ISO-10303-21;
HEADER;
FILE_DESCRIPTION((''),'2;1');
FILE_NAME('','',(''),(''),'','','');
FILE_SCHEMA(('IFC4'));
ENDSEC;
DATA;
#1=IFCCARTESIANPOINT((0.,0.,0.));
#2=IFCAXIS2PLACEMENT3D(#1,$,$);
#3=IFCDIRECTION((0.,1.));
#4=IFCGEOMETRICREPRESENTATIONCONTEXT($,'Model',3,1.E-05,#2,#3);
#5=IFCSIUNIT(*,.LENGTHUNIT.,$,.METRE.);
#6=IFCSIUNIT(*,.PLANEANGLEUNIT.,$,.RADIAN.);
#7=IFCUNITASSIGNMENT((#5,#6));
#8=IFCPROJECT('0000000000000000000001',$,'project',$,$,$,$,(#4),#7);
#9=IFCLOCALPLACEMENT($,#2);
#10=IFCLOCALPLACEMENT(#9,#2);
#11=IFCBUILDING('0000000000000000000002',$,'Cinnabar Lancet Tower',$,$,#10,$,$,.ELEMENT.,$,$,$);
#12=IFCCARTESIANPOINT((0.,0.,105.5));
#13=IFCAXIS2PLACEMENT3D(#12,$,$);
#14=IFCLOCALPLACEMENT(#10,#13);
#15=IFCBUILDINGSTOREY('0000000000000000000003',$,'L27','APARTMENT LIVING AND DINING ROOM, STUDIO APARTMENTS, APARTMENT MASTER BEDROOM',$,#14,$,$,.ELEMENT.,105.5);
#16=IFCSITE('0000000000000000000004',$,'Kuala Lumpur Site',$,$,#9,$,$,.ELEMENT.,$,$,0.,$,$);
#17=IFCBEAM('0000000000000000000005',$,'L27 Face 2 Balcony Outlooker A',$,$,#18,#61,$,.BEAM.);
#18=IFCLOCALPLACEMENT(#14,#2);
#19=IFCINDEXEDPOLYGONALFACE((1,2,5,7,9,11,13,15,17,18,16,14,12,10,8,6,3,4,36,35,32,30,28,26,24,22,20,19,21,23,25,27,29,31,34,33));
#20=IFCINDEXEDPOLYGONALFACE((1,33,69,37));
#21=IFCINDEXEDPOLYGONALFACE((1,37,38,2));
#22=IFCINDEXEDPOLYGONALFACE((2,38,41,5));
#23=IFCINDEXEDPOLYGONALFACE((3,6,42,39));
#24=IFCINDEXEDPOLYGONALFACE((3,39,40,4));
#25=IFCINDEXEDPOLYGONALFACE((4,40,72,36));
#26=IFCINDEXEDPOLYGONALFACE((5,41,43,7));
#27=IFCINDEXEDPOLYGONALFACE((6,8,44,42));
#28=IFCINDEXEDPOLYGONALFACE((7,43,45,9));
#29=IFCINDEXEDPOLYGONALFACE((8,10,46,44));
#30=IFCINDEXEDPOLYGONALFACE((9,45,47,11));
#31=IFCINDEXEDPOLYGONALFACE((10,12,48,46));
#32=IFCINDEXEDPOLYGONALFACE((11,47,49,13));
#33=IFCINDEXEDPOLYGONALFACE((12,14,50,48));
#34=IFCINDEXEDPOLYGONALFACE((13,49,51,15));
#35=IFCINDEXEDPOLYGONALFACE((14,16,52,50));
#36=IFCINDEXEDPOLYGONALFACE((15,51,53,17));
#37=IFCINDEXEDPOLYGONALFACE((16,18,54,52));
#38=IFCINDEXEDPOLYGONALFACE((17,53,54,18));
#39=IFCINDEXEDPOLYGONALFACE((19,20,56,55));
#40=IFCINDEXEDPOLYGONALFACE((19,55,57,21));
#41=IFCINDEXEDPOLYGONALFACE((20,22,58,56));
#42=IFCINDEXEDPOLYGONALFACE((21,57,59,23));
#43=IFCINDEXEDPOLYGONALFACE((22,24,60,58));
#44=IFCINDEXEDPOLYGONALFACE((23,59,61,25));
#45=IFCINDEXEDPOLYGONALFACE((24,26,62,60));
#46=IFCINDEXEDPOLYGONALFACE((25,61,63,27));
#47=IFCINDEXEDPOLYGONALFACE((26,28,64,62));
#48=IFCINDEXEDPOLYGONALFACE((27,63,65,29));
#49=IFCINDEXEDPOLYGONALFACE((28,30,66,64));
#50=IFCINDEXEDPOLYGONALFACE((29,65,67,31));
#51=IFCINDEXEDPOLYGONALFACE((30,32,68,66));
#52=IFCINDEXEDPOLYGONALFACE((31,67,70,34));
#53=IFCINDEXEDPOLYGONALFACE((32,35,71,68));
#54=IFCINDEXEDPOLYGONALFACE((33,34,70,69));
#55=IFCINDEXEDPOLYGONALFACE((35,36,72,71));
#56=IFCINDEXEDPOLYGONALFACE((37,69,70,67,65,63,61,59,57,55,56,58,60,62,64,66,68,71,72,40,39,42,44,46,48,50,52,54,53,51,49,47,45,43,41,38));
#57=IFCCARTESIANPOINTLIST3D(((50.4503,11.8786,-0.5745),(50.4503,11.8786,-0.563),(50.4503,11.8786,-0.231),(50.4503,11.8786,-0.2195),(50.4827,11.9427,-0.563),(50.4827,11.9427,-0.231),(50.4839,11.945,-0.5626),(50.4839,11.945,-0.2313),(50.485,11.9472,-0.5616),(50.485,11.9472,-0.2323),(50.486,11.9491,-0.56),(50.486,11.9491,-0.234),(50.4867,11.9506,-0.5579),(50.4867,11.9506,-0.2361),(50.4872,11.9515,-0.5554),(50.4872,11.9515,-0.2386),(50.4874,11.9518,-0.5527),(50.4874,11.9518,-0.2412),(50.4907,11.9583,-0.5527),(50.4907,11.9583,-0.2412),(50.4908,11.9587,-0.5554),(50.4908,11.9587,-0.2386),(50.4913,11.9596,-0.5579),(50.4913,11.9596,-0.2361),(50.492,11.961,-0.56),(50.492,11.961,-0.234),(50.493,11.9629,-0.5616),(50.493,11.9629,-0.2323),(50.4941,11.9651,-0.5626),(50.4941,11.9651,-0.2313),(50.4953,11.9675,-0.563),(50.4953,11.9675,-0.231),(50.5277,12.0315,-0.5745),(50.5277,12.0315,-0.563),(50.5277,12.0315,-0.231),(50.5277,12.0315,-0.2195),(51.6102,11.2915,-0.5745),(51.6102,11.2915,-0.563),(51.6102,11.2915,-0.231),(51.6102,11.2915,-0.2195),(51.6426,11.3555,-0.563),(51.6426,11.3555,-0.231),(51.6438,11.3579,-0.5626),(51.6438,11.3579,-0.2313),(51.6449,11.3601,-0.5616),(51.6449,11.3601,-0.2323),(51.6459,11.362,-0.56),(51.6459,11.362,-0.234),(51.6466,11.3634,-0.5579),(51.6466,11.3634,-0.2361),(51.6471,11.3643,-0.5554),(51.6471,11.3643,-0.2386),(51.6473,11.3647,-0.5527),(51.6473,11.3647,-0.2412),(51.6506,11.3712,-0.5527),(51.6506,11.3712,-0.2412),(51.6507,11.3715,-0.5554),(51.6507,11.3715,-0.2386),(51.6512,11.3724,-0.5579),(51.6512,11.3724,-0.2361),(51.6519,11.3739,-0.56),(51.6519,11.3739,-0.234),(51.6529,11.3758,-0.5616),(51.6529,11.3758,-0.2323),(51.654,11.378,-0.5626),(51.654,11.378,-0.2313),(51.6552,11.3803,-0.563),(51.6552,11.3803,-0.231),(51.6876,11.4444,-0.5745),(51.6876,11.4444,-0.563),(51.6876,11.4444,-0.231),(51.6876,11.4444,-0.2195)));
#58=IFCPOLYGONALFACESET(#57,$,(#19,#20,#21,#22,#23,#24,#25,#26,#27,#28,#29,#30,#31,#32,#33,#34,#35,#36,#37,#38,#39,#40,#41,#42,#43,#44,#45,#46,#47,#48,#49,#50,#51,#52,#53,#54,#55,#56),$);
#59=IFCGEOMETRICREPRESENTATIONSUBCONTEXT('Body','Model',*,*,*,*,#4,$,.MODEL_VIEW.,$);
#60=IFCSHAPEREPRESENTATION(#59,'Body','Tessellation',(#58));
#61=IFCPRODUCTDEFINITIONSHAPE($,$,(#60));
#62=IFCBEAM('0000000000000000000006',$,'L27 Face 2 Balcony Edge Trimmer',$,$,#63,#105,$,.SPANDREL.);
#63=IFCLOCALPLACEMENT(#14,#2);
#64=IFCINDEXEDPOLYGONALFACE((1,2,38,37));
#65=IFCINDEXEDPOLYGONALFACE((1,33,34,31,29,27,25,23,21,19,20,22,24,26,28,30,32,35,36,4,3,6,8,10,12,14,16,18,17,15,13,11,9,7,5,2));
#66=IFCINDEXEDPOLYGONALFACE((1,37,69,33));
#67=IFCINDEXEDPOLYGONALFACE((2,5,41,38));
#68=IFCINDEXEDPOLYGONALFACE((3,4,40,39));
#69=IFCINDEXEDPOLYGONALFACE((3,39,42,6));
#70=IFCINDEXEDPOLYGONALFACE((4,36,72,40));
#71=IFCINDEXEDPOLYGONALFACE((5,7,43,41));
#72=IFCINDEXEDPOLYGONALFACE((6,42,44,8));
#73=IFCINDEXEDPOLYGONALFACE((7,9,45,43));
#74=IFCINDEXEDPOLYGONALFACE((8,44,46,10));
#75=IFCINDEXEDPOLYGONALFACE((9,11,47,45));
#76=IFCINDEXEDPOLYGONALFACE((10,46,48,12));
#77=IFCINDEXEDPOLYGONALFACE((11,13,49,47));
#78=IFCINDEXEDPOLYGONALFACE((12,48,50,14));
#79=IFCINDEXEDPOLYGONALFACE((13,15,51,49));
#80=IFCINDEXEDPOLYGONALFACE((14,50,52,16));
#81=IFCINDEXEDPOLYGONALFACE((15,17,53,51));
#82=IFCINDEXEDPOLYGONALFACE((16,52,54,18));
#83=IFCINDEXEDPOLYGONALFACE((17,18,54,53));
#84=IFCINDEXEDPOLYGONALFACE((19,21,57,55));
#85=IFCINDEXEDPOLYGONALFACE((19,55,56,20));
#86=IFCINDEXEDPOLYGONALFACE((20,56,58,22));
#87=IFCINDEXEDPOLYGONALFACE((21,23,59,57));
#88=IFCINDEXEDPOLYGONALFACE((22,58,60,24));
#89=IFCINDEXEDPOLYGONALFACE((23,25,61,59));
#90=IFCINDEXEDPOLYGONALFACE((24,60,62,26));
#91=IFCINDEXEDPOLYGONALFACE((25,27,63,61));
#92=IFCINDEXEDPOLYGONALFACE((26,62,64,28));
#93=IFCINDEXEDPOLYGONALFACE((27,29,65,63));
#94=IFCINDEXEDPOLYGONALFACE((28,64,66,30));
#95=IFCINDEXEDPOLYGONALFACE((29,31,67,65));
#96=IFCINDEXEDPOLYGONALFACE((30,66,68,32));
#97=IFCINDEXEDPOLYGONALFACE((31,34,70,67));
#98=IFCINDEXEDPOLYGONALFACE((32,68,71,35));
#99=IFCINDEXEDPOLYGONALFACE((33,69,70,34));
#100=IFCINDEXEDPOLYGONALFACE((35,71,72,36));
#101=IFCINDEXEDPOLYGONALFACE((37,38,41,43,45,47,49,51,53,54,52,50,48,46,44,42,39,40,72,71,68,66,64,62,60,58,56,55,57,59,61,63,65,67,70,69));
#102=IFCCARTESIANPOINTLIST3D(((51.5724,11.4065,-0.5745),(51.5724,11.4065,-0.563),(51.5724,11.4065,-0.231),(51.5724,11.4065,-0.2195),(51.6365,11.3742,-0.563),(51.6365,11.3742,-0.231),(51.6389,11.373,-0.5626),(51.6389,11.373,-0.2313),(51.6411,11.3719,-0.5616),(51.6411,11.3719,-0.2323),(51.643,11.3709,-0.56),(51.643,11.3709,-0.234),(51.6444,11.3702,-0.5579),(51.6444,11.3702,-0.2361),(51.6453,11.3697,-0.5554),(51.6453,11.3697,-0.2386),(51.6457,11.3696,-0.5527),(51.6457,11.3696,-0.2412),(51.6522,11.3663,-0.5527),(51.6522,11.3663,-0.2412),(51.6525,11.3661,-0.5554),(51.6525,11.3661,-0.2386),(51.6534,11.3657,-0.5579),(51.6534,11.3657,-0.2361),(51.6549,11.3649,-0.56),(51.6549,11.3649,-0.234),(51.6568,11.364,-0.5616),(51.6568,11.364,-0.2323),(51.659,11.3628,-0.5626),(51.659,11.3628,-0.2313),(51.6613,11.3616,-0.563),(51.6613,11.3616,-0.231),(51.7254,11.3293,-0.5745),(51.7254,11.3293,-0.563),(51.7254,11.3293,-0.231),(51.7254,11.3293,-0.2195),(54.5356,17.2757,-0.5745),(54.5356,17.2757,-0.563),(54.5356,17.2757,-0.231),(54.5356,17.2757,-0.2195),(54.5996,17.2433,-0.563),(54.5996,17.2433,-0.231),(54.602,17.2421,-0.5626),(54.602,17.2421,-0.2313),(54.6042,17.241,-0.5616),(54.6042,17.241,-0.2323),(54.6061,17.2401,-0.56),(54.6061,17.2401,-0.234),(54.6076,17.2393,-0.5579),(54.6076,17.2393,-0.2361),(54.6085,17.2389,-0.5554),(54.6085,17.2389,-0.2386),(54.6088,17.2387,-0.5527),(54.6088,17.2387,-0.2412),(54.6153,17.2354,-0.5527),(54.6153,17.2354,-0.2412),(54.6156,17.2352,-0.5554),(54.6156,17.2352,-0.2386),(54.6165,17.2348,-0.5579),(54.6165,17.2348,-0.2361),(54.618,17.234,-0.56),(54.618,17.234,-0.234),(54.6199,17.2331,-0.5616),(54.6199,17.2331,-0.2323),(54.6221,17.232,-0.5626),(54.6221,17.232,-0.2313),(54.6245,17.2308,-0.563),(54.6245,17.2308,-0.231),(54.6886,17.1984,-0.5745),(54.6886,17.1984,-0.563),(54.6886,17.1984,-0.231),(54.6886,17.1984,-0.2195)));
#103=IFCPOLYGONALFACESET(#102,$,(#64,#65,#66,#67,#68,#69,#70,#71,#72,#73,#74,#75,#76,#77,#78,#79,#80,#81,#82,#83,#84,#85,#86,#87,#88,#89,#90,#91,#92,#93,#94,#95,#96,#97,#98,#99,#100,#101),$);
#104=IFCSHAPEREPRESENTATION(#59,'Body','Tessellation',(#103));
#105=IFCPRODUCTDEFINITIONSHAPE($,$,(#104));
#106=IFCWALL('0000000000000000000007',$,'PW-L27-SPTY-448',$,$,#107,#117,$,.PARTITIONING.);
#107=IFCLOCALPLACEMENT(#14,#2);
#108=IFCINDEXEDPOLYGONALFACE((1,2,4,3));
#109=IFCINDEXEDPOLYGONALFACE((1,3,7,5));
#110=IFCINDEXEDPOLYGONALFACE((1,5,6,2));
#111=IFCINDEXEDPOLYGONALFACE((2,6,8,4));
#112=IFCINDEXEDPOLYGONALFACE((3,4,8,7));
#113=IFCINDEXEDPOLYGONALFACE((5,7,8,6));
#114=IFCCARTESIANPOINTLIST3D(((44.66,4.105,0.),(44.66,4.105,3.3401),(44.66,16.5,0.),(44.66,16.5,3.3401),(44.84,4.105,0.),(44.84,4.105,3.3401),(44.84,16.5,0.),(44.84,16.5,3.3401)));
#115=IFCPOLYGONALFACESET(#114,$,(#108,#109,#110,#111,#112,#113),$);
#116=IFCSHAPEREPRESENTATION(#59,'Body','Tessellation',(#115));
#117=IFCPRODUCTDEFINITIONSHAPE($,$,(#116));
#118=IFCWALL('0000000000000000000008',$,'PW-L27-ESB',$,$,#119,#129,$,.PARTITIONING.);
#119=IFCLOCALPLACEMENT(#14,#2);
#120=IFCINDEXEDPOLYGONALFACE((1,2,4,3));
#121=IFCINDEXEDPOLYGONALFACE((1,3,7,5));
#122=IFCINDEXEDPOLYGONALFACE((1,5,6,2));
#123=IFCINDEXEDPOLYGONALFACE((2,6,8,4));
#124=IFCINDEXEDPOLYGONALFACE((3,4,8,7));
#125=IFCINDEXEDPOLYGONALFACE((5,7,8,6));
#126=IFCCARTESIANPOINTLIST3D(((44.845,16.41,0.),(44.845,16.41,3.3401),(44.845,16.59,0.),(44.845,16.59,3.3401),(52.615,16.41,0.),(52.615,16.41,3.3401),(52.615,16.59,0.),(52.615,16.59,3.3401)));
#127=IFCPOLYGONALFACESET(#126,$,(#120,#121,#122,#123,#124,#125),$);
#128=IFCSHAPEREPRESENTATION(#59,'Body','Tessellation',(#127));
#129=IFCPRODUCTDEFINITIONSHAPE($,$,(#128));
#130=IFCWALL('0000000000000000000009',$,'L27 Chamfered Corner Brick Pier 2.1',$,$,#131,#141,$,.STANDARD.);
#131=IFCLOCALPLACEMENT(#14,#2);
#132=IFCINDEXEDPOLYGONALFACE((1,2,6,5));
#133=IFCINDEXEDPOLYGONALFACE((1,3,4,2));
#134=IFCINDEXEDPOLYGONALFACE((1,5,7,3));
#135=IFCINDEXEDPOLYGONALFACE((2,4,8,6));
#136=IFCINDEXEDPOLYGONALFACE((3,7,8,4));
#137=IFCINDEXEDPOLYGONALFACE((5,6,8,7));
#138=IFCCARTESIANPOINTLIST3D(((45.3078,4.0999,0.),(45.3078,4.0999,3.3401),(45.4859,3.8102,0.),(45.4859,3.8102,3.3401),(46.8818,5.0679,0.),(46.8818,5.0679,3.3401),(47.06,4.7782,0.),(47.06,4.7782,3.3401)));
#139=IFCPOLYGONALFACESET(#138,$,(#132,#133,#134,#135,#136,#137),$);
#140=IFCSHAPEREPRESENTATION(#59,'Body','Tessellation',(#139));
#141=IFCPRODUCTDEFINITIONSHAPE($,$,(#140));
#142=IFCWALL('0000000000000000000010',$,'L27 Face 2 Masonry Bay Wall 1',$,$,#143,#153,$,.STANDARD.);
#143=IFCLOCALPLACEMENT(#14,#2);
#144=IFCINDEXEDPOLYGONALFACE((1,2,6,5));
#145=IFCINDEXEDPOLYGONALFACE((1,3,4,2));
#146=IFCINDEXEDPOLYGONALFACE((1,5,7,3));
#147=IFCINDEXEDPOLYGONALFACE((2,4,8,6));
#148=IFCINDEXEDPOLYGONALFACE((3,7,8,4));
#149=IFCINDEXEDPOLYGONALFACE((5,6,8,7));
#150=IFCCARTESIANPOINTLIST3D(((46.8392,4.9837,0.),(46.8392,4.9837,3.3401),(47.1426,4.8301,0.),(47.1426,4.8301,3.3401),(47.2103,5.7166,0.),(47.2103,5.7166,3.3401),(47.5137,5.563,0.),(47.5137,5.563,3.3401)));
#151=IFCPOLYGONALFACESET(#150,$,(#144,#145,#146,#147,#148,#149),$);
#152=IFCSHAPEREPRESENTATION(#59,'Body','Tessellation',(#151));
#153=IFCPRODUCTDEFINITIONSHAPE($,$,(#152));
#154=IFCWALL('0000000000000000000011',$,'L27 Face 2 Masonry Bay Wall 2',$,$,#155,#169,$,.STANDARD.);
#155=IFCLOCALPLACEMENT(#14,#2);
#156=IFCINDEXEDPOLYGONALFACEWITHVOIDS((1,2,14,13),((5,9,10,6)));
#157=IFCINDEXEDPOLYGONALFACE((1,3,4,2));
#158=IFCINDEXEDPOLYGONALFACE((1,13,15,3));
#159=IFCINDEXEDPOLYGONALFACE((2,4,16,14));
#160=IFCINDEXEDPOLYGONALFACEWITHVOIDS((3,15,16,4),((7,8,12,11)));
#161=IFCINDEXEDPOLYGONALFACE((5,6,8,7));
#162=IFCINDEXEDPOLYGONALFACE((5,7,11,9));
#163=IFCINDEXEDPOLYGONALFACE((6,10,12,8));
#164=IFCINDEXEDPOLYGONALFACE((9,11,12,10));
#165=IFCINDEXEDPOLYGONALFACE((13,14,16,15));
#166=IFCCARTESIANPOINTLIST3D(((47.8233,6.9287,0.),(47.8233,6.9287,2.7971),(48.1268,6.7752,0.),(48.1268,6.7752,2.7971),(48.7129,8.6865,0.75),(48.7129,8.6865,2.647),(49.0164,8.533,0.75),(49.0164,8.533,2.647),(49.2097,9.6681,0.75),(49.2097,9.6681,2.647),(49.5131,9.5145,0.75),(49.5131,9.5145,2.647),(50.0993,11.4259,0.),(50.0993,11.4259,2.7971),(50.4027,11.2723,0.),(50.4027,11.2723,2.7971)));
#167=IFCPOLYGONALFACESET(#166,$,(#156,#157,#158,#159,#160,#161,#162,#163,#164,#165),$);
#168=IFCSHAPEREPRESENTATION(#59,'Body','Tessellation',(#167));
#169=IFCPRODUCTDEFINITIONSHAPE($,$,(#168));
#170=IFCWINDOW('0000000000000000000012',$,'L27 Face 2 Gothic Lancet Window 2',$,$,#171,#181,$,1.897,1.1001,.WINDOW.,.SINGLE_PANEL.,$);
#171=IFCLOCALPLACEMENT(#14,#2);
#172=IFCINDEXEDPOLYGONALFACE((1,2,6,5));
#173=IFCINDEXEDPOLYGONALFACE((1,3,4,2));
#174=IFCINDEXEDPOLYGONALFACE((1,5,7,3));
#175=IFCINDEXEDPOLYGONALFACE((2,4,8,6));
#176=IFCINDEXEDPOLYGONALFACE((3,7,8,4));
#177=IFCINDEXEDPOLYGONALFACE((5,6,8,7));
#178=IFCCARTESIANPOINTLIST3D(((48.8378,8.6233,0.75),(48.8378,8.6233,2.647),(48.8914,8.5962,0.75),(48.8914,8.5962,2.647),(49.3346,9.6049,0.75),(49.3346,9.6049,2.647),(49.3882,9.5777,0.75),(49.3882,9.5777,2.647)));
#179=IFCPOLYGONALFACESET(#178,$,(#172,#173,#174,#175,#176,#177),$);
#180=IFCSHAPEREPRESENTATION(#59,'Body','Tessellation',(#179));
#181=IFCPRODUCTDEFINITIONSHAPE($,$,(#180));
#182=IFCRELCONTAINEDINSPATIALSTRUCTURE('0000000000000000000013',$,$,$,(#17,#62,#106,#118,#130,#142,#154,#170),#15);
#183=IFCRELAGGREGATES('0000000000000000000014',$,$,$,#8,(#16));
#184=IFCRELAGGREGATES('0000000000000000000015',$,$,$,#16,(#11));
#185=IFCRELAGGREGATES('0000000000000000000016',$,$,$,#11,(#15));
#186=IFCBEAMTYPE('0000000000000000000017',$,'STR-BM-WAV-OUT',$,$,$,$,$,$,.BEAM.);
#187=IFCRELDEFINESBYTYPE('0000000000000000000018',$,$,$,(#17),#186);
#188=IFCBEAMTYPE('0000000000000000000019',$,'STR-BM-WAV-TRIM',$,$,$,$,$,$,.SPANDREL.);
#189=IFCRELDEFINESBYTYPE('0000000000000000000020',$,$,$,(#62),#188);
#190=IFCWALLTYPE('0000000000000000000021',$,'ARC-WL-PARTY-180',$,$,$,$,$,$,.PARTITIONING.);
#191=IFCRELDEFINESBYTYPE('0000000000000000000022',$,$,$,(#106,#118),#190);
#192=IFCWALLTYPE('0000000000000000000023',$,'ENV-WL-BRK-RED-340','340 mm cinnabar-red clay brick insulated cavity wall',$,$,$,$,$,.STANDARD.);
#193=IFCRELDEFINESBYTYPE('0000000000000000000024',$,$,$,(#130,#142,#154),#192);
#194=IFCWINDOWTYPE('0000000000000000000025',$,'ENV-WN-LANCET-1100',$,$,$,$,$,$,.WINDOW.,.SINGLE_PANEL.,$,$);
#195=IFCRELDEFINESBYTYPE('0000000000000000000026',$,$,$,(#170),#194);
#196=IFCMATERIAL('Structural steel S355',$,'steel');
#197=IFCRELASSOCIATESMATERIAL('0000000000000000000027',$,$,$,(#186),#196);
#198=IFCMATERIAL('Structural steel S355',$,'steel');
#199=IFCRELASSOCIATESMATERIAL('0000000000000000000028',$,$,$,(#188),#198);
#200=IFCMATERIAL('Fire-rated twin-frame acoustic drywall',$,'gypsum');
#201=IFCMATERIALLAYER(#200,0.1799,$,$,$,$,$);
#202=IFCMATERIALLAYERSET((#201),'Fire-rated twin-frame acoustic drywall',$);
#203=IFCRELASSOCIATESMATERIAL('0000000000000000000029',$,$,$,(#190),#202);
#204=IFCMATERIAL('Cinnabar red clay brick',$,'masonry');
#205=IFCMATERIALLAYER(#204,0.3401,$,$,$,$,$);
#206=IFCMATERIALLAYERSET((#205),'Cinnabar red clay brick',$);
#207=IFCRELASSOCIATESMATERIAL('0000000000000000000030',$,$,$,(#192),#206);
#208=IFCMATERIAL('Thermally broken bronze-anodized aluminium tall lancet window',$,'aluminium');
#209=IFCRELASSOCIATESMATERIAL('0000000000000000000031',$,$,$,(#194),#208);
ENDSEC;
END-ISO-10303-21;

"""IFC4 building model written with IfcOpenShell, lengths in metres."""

from ifc_helpers import new_model, si_unit, direction, frame, frame_2d, origin, origin_2d, place, context, subcontext, project, spatial, rectangle, i_section, extrude, material, layer, layer_set, material_profile, profile_set, type_object, element, fill, save


model = new_model("IFC4")

# Units and contexts
model_context = context("Model", 3, precision=1e-05, world=origin(), true_north=direction((0.0, 1.0)))
body_context = subcontext(model_context, "Body", "Model", "MODEL_VIEW")
ifc_project = project(units=[si_unit("LENGTHUNIT", "METRE"), si_unit("PLANEANGLEUNIT", "RADIAN")], contexts=[model_context])

# Site, building, storey
site_placement = place(None, origin())
site = spatial("IfcSite", under=ifc_project, at=site_placement, Name="Kuala Lumpur Site", CompositionType="ELEMENT", RefElevation=0.0)
building_placement = place(site_placement, origin())
building = spatial("IfcBuilding", under=site, at=building_placement, Name="Cinnabar Lancet Tower", CompositionType="ELEMENT")
storey_placement = place(building_placement, frame((0.0, 0.0, 105.5)))
storey = spatial("IfcBuildingStorey", under=building, at=storey_placement, Name="L27", Description="APARTMENT LIVING AND DINING ROOM, STUDIO APARTMENTS, APARTMENT MASTER BEDROOM", CompositionType="ELEMENT", Elevation=105.5)

# Beams
ifc_material_1 = material(Name="Structural steel S355", Category="steel")
ifc_material_profile_1 = material_profile(ifc_material_1, i_section(OverallWidth=0.1714, OverallDepth=0.355, WebThickness=0.0073, FlangeThickness=0.0115, FilletRadius=0.0103, at=origin_2d()), Name="UKB 356x171x51")
ifc_profile_set_1 = profile_set([ifc_material_profile_1], Name="Structural steel S355")
beam_type_1 = type_object("IfcBeamType", Name="STR-BM-WAV-OUT", PredefinedType="BEAM", material=ifc_profile_set_1)
beam_1_placement = place(storey_placement, frame((50.489, 11.9551, -0.397), z_axis=(0.8922, -0.45164, 0.0), x_axis=(0.45164, 0.8922, 0.0)))
element("IfcBeam", 1, at=beam_1_placement, inside=storey, type_object=beam_type_1, Name="L27 Face 2 Balcony Outlooker A", PredefinedType="BEAM", context=body_context, shape_type="SweptSolid", body=[
    extrude(i_section(OverallWidth=0.1714, OverallDepth=0.355, WebThickness=0.0073, FlangeThickness=0.0115, FilletRadius=0.0103, at=origin_2d()), origin(), (0.0, 0.0, 1.0), 1.3),
])
ifc_material_2 = material(Name="Structural steel S355", Category="steel")
ifc_material_profile_2 = material_profile(ifc_material_2, i_section(OverallWidth=0.1714, OverallDepth=0.355, WebThickness=0.0073, FlangeThickness=0.0115, FilletRadius=0.0103, at=origin_2d()), Name="UKB 356x171x51")
ifc_profile_set_2 = profile_set([ifc_material_profile_2], Name="Structural steel S355")
beam_type_2 = type_object("IfcBeamType", Name="STR-BM-WAV-TRIM", PredefinedType="SPANDREL", material=ifc_profile_set_2)
beam_2_placement = place(storey_placement, frame((51.6489, 11.3679, -0.397), z_axis=(0.450686, 0.892683, 0.0), x_axis=(-0.892683, 0.450686, 0.0)))
element("IfcBeam", 2, at=beam_2_placement, inside=storey, type_object=beam_type_2, Name="L27 Face 2 Balcony Edge Trimmer", PredefinedType="SPANDREL", context=body_context, shape_type="SweptSolid", body=[
    extrude(i_section(OverallWidth=0.1714, OverallDepth=0.355, WebThickness=0.0073, FlangeThickness=0.0115, FilletRadius=0.0103, at=origin_2d()), origin(), (0.0, 0.0, 1.0), 6.5747),
])

# Walls
ifc_material_3 = material(Name="Fire-rated twin-frame acoustic drywall", Category="gypsum")
ifc_layer_1 = layer(ifc_material_3, 0.1799)
ifc_layer_set_1 = layer_set([ifc_layer_1], Name="Fire-rated twin-frame acoustic drywall")
wall_type_1 = type_object("IfcWallType", Name="ARC-WL-PARTY-180", PredefinedType="PARTITIONING", material=ifc_layer_set_1)
wall_1_placement = place(storey_placement, frame((44.75, 4.105, 0.0), z_axis=(0.0, 0.0, 1.0), x_axis=(0.0, 1.0, 0.0)))
element("IfcWall", 3, at=wall_1_placement, inside=storey, type_object=wall_type_1, Name="PW-L27-SPTY-448", PredefinedType="PARTITIONING", context=body_context, shape_type="SweptSolid", body=[
    extrude(rectangle(XDim=12.395, YDim=0.1799, at=frame_2d((6.1975, 0.0))), origin(), (0.0, 0.0, 1.0), 3.3401),
])
wall_2_placement = place(storey_placement, frame((44.845, 16.5, 0.0), z_axis=(0.0, 0.0, 1.0), x_axis=(1.0, 0.0, 0.0)))
element("IfcWall", 4, at=wall_2_placement, inside=storey, type_object=wall_type_1, Name="PW-L27-ESB", PredefinedType="PARTITIONING", context=body_context, shape_type="SweptSolid", body=[
    extrude(rectangle(XDim=7.77, YDim=0.1799, at=frame_2d((3.885, 0.0))), origin(), (0.0, 0.0, 1.0), 3.3401),
])
ifc_material_4 = material(Name="Cinnabar red clay brick", Category="masonry")
ifc_layer_2 = layer(ifc_material_4, 0.3401)
ifc_layer_set_2 = layer_set([ifc_layer_2], Name="Cinnabar red clay brick")
wall_type_2 = type_object("IfcWallType", Name="ENV-WL-BRK-RED-340", Description="340 mm cinnabar-red clay brick insulated cavity wall", PredefinedType="STANDARD", material=ifc_layer_set_2)
wall_3_placement = place(storey_placement, frame((45.397, 3.9551, 0.0), z_axis=(0.0, 0.0, 1.0), x_axis=(0.851799, 0.523869, 0.0)))
element("IfcWall", 5, at=wall_3_placement, inside=storey, type_object=wall_type_2, Name="L27 Chamfered Corner Brick Pier 2.1", PredefinedType="STANDARD", context=body_context, shape_type="SweptSolid", body=[
    extrude(rectangle(XDim=1.8479, YDim=0.3401, at=frame_2d((0.9238, 0.0))), origin(), (0.0, 0.0, 1.0), 3.3401),
])
wall_4_placement = place(storey_placement, frame((46.991, 4.907, 0.0), z_axis=(0.0, 0.0, 1.0), x_axis=(0.451725, 0.892157, 0.0)))
element("IfcWall", 6, at=wall_4_placement, inside=storey, type_object=wall_type_2, Name="L27 Face 2 Masonry Bay Wall 1", PredefinedType="STANDARD", context=body_context, shape_type="SweptSolid", body=[
    extrude(rectangle(XDim=0.8215, YDim=0.3401, at=frame_2d((0.4106, 0.0))), origin(), (0.0, 0.0, 1.0), 3.3401),
])

# Wall, opening, window
wall_5_placement = place(storey_placement, frame((47.9751, 6.8521, 0.0), z_axis=(0.0, 0.0, 1.0), x_axis=(0.451548, 0.892247, 0.0)))
wall_5 = element("IfcWall", 7, at=wall_5_placement, inside=storey, type_object=wall_type_2, Name="L27 Face 2 Masonry Bay Wall 2", PredefinedType="STANDARD", context=body_context, shape_type="SweptSolid", body=[
    extrude(rectangle(XDim=5.0403, YDim=0.3401, at=frame_2d((2.52, 0.0))), origin(), (0.0, 0.0, 1.0), 2.7971),
])
opening_1_placement = place(wall_5_placement, frame((1.97, 0.0, 0.75)))
opening_1 = element("IfcOpeningElement", 8, at=opening_1_placement, cuts=wall_5, PredefinedType="OPENING", context=body_context, shape_type="SweptSolid", body=[
    extrude(rectangle(XDim=1.1001, YDim=1.897, at=frame_2d((0.55, 0.9485))), frame((0.0, 0.1799, 0.0), z_axis=(0.0, -1.0, 0.0), x_axis=(1.0, 0.0, 0.0)), (0.0, 0.0, 1.0), 0.3601),
])
ifc_material_5 = material(Name="Thermally broken bronze-anodized aluminium tall lancet window", Category="aluminium")
window_type = type_object("IfcWindowType", Name="ENV-WN-LANCET-1100", PartitioningType="SINGLE_PANEL", PredefinedType="WINDOW", material=ifc_material_5)
window_placement = place(opening_1_placement, origin())
window = element("IfcWindow", 9, at=window_placement, inside=storey, type_object=window_type, Name="L27 Face 2 Gothic Lancet Window 2", OverallHeight=1.897, OverallWidth=1.1001, PartitioningType="SINGLE_PANEL", PredefinedType="WINDOW", context=body_context, shape_type="SweptSolid", body=[
    extrude(rectangle(XDim=1.1001, YDim=1.897, at=frame_2d((0.55, 0.9485))), frame((0.0, 0.03, 0.0), z_axis=(0.0, -1.0, 0.0), x_axis=(1.0, 0.0, 0.0)), (0.0, 0.0, 1.0), 0.0601),
])
fill(opening_1, window)

save(model, "model.ifc")
